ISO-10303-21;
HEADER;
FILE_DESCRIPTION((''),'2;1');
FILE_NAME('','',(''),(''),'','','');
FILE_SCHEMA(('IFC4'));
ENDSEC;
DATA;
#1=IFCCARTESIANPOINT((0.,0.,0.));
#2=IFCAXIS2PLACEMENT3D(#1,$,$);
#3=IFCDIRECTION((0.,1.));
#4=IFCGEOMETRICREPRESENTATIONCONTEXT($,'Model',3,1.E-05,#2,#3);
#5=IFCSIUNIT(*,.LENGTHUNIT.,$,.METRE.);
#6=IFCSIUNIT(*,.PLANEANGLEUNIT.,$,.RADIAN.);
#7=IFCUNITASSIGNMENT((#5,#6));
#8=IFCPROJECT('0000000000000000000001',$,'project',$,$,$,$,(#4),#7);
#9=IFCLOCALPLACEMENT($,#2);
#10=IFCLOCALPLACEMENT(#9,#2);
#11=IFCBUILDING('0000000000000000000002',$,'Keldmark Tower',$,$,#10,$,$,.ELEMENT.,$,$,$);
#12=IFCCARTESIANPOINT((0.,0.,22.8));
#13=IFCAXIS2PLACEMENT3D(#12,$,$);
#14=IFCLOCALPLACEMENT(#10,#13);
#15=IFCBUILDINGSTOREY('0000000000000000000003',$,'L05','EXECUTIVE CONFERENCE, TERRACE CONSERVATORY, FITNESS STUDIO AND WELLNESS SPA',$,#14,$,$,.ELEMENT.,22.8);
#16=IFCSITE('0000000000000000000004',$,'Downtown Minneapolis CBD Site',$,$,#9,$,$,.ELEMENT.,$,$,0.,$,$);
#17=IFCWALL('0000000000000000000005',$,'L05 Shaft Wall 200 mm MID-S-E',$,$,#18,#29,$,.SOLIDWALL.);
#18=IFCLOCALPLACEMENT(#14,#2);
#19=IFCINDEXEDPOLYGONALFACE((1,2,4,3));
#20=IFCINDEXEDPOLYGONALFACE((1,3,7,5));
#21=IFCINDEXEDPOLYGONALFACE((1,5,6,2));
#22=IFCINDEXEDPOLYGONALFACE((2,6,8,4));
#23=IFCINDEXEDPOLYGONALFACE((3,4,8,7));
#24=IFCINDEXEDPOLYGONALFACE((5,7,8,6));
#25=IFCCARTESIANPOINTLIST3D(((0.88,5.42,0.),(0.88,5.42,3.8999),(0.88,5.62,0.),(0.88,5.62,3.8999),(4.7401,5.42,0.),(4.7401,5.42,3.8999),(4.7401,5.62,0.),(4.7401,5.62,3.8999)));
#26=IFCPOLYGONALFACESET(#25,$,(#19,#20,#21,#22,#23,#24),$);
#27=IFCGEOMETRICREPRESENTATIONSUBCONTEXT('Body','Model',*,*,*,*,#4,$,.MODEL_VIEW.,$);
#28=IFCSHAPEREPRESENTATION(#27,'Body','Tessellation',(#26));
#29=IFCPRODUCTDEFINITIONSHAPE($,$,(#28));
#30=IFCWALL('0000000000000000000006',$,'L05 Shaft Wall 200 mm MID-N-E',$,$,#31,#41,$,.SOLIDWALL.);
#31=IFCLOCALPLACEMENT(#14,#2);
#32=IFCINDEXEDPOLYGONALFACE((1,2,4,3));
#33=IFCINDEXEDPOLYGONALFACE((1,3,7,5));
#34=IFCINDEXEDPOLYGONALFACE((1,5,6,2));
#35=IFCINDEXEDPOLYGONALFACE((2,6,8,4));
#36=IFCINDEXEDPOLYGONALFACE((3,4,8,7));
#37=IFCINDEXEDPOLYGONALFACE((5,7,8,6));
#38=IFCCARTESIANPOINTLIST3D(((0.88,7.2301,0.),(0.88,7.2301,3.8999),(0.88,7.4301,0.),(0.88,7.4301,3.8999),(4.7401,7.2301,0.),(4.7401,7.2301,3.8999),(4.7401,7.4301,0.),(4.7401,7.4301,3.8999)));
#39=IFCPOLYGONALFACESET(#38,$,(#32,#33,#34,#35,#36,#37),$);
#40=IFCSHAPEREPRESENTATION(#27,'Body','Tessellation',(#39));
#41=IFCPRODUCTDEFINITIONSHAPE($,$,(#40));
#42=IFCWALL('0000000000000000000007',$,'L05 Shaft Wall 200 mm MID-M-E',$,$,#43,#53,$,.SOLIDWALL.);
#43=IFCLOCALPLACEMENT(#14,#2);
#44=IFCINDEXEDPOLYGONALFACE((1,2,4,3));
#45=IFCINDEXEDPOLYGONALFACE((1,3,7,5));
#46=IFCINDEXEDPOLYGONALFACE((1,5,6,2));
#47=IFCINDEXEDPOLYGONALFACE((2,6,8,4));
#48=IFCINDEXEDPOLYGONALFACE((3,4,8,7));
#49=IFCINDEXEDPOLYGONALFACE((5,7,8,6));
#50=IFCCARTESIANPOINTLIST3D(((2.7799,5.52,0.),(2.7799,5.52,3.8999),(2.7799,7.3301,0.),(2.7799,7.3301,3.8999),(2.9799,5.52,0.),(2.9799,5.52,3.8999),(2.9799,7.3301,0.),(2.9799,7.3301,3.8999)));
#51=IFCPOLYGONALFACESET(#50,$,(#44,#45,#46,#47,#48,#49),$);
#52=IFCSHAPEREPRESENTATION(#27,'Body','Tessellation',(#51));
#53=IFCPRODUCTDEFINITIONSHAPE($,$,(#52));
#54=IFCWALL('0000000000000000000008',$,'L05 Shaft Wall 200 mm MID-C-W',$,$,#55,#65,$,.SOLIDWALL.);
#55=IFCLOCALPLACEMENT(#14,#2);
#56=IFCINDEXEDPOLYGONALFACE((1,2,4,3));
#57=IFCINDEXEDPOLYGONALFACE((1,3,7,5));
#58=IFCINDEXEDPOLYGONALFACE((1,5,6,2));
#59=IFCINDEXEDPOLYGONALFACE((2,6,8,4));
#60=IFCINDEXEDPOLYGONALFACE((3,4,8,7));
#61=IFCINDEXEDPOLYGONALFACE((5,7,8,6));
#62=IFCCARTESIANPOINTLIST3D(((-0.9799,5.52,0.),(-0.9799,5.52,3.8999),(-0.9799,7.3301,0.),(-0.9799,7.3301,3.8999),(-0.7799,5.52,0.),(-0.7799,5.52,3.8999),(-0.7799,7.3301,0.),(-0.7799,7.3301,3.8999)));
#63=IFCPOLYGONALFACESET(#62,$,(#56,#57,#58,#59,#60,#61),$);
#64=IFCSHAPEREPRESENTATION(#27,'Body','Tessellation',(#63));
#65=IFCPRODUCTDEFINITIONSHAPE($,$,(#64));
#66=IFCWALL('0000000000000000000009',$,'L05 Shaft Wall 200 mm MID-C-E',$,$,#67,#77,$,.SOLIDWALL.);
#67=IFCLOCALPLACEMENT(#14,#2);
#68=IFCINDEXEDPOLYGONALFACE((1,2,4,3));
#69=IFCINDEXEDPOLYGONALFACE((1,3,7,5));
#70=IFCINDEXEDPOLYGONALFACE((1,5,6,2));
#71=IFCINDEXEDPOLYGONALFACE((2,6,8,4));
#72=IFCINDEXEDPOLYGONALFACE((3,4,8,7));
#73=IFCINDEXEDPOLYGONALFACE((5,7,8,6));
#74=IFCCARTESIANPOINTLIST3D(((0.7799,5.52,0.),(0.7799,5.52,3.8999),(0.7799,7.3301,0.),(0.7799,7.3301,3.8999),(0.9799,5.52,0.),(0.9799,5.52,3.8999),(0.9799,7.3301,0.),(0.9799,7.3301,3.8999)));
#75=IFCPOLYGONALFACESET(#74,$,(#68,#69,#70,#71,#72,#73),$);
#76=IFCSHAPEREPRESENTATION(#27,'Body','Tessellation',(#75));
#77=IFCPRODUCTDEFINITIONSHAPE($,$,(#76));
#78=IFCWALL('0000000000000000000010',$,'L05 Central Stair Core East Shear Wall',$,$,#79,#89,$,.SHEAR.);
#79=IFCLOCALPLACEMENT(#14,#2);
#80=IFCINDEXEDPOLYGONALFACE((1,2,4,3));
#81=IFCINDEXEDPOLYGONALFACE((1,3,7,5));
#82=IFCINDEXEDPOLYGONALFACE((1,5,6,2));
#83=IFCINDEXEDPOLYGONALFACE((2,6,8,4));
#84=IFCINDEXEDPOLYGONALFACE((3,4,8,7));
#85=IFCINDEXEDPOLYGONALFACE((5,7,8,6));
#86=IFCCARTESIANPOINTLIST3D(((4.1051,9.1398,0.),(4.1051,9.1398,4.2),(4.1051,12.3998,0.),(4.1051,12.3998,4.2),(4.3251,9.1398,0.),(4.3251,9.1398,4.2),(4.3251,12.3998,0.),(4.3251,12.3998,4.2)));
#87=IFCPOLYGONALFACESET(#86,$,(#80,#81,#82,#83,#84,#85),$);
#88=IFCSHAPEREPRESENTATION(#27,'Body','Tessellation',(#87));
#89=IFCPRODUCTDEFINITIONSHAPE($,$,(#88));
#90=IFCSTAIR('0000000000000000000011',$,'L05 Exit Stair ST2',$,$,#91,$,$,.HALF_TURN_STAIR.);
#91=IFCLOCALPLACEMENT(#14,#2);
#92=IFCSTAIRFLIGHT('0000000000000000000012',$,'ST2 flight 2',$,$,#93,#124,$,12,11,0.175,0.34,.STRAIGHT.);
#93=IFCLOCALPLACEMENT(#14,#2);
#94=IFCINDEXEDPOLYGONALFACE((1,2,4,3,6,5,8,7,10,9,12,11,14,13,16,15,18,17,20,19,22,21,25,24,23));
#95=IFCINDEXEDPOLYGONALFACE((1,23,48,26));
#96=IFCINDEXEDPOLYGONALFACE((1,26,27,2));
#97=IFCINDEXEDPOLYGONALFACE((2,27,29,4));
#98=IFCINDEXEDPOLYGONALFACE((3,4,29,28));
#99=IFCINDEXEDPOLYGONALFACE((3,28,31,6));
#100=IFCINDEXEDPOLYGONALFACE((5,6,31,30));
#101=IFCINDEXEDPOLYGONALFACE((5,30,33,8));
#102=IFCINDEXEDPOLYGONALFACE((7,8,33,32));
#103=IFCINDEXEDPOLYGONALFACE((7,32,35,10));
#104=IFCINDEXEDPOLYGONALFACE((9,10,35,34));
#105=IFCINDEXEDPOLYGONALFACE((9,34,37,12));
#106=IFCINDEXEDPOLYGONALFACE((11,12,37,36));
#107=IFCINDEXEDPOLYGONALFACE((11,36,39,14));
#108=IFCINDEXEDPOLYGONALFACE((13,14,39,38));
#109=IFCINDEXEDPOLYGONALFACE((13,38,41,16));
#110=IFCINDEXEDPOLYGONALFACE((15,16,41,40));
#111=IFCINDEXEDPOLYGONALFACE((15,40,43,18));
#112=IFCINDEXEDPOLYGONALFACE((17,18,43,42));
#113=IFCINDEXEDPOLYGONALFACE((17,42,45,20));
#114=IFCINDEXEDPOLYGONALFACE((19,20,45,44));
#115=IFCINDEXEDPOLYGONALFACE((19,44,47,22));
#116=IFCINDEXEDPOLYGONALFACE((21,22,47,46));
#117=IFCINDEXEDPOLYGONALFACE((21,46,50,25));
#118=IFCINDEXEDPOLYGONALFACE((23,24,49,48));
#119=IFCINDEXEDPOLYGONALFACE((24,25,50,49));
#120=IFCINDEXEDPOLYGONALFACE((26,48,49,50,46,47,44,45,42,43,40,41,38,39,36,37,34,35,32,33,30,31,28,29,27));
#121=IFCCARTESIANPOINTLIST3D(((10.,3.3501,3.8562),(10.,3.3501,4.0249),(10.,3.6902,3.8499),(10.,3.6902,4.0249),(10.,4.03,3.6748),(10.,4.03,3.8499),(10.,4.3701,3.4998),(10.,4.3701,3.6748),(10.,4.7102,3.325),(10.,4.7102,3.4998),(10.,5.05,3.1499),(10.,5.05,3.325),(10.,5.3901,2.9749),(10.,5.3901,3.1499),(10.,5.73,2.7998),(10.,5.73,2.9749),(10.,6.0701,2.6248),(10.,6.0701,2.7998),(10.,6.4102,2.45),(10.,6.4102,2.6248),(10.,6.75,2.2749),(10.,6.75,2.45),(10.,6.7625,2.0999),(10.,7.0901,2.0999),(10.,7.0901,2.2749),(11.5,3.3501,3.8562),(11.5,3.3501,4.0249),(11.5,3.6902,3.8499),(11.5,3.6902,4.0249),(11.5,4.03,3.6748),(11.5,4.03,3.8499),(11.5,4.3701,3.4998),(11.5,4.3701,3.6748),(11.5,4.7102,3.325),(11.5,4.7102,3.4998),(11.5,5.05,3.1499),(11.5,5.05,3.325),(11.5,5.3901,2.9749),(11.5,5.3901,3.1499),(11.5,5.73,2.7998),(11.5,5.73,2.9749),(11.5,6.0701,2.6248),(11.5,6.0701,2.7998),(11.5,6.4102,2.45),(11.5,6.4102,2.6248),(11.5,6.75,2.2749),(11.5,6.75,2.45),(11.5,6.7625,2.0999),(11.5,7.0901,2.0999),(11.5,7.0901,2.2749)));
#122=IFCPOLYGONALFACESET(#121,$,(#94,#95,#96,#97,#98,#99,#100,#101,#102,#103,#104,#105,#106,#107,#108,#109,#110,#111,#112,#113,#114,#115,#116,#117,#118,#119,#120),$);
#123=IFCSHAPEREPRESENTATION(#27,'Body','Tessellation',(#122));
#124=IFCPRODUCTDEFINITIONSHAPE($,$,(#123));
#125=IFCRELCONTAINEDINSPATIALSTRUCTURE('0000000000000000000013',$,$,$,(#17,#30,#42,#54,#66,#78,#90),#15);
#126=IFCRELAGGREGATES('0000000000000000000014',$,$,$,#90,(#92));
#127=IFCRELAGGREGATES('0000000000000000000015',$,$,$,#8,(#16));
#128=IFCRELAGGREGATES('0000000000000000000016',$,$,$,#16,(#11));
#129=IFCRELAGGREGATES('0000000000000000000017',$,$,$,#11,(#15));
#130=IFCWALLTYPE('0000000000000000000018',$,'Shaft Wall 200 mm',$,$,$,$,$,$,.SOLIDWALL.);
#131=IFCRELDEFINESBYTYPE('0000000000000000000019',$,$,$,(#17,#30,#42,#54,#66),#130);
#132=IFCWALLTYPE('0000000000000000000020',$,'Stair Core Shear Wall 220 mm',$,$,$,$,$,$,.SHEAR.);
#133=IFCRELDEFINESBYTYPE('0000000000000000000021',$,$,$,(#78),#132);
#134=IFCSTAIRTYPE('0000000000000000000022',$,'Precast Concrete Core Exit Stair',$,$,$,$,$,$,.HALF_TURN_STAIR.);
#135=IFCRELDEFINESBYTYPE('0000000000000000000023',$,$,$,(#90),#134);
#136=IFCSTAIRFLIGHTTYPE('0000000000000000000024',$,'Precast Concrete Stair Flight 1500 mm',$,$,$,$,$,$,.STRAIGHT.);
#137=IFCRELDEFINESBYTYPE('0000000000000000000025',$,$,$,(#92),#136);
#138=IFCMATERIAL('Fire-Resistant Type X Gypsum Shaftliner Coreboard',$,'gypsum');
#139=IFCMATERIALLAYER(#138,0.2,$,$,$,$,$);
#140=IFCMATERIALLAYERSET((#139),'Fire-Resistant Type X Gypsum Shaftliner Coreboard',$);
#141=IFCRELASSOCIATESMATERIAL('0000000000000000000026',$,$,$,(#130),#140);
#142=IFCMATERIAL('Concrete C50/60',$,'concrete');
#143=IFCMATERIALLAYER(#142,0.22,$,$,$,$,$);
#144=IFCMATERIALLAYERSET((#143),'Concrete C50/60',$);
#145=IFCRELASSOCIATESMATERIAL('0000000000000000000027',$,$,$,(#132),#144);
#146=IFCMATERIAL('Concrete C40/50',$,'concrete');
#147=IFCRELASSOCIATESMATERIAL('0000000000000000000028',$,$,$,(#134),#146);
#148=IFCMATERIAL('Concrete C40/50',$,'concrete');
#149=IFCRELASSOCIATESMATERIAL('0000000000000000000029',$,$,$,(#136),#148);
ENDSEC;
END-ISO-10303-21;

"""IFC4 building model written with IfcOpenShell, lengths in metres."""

from ifc_helpers import new_model, si_unit, direction, frame, frame_2d, origin, place, context, subcontext, project, spatial, polyline, rectangle, outline, extrude, material, layer, layer_set, type_object, element, aggregate, save


model = new_model("IFC4")

# Units and contexts
model_context = context("Model", 3, precision=1e-05, world=origin(), true_north=direction((0.0, 1.0)))
body_context = subcontext(model_context, "Body", "Model", "MODEL_VIEW")
ifc_project = project(units=[si_unit("LENGTHUNIT", "METRE"), si_unit("PLANEANGLEUNIT", "RADIAN")], contexts=[model_context])

# Site, building, storey
site_placement = place(None, origin())
site = spatial("IfcSite", under=ifc_project, at=site_placement, Name="Downtown Minneapolis CBD Site", CompositionType="ELEMENT", RefElevation=0.0)
building_placement = place(site_placement, origin())
building = spatial("IfcBuilding", under=site, at=building_placement, Name="Keldmark Tower", CompositionType="ELEMENT")
storey_placement = place(building_placement, frame((0.0, 0.0, 22.8)))
storey = spatial("IfcBuildingStorey", under=building, at=storey_placement, Name="L05", Description="EXECUTIVE CONFERENCE, TERRACE CONSERVATORY, FITNESS STUDIO AND WELLNESS SPA", CompositionType="ELEMENT", Elevation=22.8)

# Shared definitions
ifc_material_1 = material(Name="Fire-Resistant Type X Gypsum Shaftliner Coreboard", Category="gypsum")
ifc_layer_1 = layer(ifc_material_1, 0.2)
ifc_layer_set_1 = layer_set([ifc_layer_1], Name="Fire-Resistant Type X Gypsum Shaftliner Coreboard")
wall_type_1 = type_object("IfcWallType", Name="Shaft Wall 200 mm", PredefinedType="SOLIDWALL", material=ifc_layer_set_1)

# Walls
for number, where, z_axis, x_axis, name in (
    (1, (0.8799, 5.52, 0.0), (0.0, 0.0, 1.0), (1.0, 0.0, 0.0), "L05 Shaft Wall 200 mm MID-S-E"),
    (2, (0.8799, 7.3301, 0.0), (0.0, 0.0, 1.0), (1.0, 0.0, 0.0), "L05 Shaft Wall 200 mm MID-N-E"),
):
    element("IfcWall", number, at=place(storey_placement, frame(where, z_axis=z_axis, x_axis=x_axis)), inside=storey, type_object=wall_type_1, Name=name, PredefinedType="SOLIDWALL", context=body_context, shape_type="SweptSolid", body=[
        extrude(rectangle(XDim=3.8601, YDim=0.2, at=frame_2d((1.9302, 0.0))), origin(), (0.0, 0.0, 1.0), 3.8999),
    ])
for number, where, z_axis, x_axis, name in (
    (3, (2.8799, 5.52, 0.0), (0.0, 0.0, 1.0), (0.0, 1.0, 0.0), "L05 Shaft Wall 200 mm MID-M-E"),
    (4, (-0.8799, 5.52, 0.0), (0.0, 0.0, 1.0), (0.0, 1.0, 0.0), "L05 Shaft Wall 200 mm MID-C-W"),
    (5, (0.8799, 5.52, 0.0), (0.0, 0.0, 1.0), (0.0, 1.0, 0.0), "L05 Shaft Wall 200 mm MID-C-E"),
):
    element("IfcWall", number, at=place(storey_placement, frame(where, z_axis=z_axis, x_axis=x_axis)), inside=storey, type_object=wall_type_1, Name=name, PredefinedType="SOLIDWALL", context=body_context, shape_type="SweptSolid", body=[
        extrude(rectangle(XDim=1.8101, YDim=0.2, at=frame_2d((0.905, 0.0))), origin(), (0.0, 0.0, 1.0), 3.8999),
    ])
ifc_material_2 = material(Name="Concrete C50/60", Category="concrete")
ifc_layer_2 = layer(ifc_material_2, 0.22)
ifc_layer_set_2 = layer_set([ifc_layer_2], Name="Concrete C50/60")
wall_type_2 = type_object("IfcWallType", Name="Stair Core Shear Wall 220 mm", PredefinedType="SHEAR", material=ifc_layer_set_2)
wall_1_placement = place(storey_placement, frame((4.2151, 9.1399, 0.0), z_axis=(0.0, 0.0, 1.0), x_axis=(0.0, 1.0, 0.0)))
element("IfcWall", 6, at=wall_1_placement, inside=storey, type_object=wall_type_2, Name="L05 Central Stair Core East Shear Wall", PredefinedType="SHEAR", context=body_context, shape_type="SweptSolid", body=[
    extrude(rectangle(XDim=3.26, YDim=0.22, at=frame_2d((1.6299, 0.0))), origin(), (0.0, 0.0, 1.0), 4.2),
])

# Stair, stair flight
ifc_material_3 = material(Name="Concrete C40/50", Category="concrete")
stair_type = type_object("IfcStairType", Name="Precast Concrete Core Exit Stair", PredefinedType="HALF_TURN_STAIR", material=ifc_material_3)
stair_placement = place(storey_placement, origin())
stair = element("IfcStair", 7, at=stair_placement, inside=storey, type_object=stair_type, Name="L05 Exit Stair ST2", PredefinedType="HALF_TURN_STAIR")
ifc_material_4 = material(Name="Concrete C40/50", Category="concrete")
stair_flight_type = type_object("IfcStairFlightType", Name="Precast Concrete Stair Flight 1500 mm", PredefinedType="STRAIGHT", material=ifc_material_4)
stair_flight_placement = place(storey_placement, frame((10.75, 7.0901, 2.0999), z_axis=(0.0, 0.0, 1.0), x_axis=(0.0, -1.0, 0.0)))
stair_flight = element("IfcStairFlight", 8, at=stair_flight_placement, type_object=stair_flight_type, Name="ST2 flight 2", NumberOfRisers=12, NumberOfTreads=11, PredefinedType="STRAIGHT", RiserHeight=0.175, TreadLength=0.34, context=body_context, shape_type="SweptSolid", body=[
    extrude(outline(polyline([(0.0, 0.0), (0.0, 0.175), (0.3401, 0.175), (0.3401, 0.3501), (0.6799, 0.3501), (0.6799, 0.5249), (1.02, 0.5249), (1.02, 0.7), (1.3601, 0.7), (1.3601, 0.875), (1.7, 0.875), (1.7, 1.05), (2.04, 1.05), (2.04, 1.2251), (2.3799, 1.2251), (2.3799, 1.3999), (2.72, 1.3999), (2.72, 1.575), (3.0601, 1.575), (3.0601, 1.75), (3.3999, 1.75), (3.3999, 1.925), (3.74, 1.925), (3.74, 2.1001), (3.74, 1.7563), (0.3276, 0.0), (0.0, 0.0)])), frame((0.0, 0.75, 0.0), z_axis=(0.0, -1.0, 0.0), x_axis=(1.0, 0.0, 0.0)), (0.0, 0.0, 1.0), 1.5),
])
aggregate(stair, [stair_flight])

save(model, "model.ifc")
